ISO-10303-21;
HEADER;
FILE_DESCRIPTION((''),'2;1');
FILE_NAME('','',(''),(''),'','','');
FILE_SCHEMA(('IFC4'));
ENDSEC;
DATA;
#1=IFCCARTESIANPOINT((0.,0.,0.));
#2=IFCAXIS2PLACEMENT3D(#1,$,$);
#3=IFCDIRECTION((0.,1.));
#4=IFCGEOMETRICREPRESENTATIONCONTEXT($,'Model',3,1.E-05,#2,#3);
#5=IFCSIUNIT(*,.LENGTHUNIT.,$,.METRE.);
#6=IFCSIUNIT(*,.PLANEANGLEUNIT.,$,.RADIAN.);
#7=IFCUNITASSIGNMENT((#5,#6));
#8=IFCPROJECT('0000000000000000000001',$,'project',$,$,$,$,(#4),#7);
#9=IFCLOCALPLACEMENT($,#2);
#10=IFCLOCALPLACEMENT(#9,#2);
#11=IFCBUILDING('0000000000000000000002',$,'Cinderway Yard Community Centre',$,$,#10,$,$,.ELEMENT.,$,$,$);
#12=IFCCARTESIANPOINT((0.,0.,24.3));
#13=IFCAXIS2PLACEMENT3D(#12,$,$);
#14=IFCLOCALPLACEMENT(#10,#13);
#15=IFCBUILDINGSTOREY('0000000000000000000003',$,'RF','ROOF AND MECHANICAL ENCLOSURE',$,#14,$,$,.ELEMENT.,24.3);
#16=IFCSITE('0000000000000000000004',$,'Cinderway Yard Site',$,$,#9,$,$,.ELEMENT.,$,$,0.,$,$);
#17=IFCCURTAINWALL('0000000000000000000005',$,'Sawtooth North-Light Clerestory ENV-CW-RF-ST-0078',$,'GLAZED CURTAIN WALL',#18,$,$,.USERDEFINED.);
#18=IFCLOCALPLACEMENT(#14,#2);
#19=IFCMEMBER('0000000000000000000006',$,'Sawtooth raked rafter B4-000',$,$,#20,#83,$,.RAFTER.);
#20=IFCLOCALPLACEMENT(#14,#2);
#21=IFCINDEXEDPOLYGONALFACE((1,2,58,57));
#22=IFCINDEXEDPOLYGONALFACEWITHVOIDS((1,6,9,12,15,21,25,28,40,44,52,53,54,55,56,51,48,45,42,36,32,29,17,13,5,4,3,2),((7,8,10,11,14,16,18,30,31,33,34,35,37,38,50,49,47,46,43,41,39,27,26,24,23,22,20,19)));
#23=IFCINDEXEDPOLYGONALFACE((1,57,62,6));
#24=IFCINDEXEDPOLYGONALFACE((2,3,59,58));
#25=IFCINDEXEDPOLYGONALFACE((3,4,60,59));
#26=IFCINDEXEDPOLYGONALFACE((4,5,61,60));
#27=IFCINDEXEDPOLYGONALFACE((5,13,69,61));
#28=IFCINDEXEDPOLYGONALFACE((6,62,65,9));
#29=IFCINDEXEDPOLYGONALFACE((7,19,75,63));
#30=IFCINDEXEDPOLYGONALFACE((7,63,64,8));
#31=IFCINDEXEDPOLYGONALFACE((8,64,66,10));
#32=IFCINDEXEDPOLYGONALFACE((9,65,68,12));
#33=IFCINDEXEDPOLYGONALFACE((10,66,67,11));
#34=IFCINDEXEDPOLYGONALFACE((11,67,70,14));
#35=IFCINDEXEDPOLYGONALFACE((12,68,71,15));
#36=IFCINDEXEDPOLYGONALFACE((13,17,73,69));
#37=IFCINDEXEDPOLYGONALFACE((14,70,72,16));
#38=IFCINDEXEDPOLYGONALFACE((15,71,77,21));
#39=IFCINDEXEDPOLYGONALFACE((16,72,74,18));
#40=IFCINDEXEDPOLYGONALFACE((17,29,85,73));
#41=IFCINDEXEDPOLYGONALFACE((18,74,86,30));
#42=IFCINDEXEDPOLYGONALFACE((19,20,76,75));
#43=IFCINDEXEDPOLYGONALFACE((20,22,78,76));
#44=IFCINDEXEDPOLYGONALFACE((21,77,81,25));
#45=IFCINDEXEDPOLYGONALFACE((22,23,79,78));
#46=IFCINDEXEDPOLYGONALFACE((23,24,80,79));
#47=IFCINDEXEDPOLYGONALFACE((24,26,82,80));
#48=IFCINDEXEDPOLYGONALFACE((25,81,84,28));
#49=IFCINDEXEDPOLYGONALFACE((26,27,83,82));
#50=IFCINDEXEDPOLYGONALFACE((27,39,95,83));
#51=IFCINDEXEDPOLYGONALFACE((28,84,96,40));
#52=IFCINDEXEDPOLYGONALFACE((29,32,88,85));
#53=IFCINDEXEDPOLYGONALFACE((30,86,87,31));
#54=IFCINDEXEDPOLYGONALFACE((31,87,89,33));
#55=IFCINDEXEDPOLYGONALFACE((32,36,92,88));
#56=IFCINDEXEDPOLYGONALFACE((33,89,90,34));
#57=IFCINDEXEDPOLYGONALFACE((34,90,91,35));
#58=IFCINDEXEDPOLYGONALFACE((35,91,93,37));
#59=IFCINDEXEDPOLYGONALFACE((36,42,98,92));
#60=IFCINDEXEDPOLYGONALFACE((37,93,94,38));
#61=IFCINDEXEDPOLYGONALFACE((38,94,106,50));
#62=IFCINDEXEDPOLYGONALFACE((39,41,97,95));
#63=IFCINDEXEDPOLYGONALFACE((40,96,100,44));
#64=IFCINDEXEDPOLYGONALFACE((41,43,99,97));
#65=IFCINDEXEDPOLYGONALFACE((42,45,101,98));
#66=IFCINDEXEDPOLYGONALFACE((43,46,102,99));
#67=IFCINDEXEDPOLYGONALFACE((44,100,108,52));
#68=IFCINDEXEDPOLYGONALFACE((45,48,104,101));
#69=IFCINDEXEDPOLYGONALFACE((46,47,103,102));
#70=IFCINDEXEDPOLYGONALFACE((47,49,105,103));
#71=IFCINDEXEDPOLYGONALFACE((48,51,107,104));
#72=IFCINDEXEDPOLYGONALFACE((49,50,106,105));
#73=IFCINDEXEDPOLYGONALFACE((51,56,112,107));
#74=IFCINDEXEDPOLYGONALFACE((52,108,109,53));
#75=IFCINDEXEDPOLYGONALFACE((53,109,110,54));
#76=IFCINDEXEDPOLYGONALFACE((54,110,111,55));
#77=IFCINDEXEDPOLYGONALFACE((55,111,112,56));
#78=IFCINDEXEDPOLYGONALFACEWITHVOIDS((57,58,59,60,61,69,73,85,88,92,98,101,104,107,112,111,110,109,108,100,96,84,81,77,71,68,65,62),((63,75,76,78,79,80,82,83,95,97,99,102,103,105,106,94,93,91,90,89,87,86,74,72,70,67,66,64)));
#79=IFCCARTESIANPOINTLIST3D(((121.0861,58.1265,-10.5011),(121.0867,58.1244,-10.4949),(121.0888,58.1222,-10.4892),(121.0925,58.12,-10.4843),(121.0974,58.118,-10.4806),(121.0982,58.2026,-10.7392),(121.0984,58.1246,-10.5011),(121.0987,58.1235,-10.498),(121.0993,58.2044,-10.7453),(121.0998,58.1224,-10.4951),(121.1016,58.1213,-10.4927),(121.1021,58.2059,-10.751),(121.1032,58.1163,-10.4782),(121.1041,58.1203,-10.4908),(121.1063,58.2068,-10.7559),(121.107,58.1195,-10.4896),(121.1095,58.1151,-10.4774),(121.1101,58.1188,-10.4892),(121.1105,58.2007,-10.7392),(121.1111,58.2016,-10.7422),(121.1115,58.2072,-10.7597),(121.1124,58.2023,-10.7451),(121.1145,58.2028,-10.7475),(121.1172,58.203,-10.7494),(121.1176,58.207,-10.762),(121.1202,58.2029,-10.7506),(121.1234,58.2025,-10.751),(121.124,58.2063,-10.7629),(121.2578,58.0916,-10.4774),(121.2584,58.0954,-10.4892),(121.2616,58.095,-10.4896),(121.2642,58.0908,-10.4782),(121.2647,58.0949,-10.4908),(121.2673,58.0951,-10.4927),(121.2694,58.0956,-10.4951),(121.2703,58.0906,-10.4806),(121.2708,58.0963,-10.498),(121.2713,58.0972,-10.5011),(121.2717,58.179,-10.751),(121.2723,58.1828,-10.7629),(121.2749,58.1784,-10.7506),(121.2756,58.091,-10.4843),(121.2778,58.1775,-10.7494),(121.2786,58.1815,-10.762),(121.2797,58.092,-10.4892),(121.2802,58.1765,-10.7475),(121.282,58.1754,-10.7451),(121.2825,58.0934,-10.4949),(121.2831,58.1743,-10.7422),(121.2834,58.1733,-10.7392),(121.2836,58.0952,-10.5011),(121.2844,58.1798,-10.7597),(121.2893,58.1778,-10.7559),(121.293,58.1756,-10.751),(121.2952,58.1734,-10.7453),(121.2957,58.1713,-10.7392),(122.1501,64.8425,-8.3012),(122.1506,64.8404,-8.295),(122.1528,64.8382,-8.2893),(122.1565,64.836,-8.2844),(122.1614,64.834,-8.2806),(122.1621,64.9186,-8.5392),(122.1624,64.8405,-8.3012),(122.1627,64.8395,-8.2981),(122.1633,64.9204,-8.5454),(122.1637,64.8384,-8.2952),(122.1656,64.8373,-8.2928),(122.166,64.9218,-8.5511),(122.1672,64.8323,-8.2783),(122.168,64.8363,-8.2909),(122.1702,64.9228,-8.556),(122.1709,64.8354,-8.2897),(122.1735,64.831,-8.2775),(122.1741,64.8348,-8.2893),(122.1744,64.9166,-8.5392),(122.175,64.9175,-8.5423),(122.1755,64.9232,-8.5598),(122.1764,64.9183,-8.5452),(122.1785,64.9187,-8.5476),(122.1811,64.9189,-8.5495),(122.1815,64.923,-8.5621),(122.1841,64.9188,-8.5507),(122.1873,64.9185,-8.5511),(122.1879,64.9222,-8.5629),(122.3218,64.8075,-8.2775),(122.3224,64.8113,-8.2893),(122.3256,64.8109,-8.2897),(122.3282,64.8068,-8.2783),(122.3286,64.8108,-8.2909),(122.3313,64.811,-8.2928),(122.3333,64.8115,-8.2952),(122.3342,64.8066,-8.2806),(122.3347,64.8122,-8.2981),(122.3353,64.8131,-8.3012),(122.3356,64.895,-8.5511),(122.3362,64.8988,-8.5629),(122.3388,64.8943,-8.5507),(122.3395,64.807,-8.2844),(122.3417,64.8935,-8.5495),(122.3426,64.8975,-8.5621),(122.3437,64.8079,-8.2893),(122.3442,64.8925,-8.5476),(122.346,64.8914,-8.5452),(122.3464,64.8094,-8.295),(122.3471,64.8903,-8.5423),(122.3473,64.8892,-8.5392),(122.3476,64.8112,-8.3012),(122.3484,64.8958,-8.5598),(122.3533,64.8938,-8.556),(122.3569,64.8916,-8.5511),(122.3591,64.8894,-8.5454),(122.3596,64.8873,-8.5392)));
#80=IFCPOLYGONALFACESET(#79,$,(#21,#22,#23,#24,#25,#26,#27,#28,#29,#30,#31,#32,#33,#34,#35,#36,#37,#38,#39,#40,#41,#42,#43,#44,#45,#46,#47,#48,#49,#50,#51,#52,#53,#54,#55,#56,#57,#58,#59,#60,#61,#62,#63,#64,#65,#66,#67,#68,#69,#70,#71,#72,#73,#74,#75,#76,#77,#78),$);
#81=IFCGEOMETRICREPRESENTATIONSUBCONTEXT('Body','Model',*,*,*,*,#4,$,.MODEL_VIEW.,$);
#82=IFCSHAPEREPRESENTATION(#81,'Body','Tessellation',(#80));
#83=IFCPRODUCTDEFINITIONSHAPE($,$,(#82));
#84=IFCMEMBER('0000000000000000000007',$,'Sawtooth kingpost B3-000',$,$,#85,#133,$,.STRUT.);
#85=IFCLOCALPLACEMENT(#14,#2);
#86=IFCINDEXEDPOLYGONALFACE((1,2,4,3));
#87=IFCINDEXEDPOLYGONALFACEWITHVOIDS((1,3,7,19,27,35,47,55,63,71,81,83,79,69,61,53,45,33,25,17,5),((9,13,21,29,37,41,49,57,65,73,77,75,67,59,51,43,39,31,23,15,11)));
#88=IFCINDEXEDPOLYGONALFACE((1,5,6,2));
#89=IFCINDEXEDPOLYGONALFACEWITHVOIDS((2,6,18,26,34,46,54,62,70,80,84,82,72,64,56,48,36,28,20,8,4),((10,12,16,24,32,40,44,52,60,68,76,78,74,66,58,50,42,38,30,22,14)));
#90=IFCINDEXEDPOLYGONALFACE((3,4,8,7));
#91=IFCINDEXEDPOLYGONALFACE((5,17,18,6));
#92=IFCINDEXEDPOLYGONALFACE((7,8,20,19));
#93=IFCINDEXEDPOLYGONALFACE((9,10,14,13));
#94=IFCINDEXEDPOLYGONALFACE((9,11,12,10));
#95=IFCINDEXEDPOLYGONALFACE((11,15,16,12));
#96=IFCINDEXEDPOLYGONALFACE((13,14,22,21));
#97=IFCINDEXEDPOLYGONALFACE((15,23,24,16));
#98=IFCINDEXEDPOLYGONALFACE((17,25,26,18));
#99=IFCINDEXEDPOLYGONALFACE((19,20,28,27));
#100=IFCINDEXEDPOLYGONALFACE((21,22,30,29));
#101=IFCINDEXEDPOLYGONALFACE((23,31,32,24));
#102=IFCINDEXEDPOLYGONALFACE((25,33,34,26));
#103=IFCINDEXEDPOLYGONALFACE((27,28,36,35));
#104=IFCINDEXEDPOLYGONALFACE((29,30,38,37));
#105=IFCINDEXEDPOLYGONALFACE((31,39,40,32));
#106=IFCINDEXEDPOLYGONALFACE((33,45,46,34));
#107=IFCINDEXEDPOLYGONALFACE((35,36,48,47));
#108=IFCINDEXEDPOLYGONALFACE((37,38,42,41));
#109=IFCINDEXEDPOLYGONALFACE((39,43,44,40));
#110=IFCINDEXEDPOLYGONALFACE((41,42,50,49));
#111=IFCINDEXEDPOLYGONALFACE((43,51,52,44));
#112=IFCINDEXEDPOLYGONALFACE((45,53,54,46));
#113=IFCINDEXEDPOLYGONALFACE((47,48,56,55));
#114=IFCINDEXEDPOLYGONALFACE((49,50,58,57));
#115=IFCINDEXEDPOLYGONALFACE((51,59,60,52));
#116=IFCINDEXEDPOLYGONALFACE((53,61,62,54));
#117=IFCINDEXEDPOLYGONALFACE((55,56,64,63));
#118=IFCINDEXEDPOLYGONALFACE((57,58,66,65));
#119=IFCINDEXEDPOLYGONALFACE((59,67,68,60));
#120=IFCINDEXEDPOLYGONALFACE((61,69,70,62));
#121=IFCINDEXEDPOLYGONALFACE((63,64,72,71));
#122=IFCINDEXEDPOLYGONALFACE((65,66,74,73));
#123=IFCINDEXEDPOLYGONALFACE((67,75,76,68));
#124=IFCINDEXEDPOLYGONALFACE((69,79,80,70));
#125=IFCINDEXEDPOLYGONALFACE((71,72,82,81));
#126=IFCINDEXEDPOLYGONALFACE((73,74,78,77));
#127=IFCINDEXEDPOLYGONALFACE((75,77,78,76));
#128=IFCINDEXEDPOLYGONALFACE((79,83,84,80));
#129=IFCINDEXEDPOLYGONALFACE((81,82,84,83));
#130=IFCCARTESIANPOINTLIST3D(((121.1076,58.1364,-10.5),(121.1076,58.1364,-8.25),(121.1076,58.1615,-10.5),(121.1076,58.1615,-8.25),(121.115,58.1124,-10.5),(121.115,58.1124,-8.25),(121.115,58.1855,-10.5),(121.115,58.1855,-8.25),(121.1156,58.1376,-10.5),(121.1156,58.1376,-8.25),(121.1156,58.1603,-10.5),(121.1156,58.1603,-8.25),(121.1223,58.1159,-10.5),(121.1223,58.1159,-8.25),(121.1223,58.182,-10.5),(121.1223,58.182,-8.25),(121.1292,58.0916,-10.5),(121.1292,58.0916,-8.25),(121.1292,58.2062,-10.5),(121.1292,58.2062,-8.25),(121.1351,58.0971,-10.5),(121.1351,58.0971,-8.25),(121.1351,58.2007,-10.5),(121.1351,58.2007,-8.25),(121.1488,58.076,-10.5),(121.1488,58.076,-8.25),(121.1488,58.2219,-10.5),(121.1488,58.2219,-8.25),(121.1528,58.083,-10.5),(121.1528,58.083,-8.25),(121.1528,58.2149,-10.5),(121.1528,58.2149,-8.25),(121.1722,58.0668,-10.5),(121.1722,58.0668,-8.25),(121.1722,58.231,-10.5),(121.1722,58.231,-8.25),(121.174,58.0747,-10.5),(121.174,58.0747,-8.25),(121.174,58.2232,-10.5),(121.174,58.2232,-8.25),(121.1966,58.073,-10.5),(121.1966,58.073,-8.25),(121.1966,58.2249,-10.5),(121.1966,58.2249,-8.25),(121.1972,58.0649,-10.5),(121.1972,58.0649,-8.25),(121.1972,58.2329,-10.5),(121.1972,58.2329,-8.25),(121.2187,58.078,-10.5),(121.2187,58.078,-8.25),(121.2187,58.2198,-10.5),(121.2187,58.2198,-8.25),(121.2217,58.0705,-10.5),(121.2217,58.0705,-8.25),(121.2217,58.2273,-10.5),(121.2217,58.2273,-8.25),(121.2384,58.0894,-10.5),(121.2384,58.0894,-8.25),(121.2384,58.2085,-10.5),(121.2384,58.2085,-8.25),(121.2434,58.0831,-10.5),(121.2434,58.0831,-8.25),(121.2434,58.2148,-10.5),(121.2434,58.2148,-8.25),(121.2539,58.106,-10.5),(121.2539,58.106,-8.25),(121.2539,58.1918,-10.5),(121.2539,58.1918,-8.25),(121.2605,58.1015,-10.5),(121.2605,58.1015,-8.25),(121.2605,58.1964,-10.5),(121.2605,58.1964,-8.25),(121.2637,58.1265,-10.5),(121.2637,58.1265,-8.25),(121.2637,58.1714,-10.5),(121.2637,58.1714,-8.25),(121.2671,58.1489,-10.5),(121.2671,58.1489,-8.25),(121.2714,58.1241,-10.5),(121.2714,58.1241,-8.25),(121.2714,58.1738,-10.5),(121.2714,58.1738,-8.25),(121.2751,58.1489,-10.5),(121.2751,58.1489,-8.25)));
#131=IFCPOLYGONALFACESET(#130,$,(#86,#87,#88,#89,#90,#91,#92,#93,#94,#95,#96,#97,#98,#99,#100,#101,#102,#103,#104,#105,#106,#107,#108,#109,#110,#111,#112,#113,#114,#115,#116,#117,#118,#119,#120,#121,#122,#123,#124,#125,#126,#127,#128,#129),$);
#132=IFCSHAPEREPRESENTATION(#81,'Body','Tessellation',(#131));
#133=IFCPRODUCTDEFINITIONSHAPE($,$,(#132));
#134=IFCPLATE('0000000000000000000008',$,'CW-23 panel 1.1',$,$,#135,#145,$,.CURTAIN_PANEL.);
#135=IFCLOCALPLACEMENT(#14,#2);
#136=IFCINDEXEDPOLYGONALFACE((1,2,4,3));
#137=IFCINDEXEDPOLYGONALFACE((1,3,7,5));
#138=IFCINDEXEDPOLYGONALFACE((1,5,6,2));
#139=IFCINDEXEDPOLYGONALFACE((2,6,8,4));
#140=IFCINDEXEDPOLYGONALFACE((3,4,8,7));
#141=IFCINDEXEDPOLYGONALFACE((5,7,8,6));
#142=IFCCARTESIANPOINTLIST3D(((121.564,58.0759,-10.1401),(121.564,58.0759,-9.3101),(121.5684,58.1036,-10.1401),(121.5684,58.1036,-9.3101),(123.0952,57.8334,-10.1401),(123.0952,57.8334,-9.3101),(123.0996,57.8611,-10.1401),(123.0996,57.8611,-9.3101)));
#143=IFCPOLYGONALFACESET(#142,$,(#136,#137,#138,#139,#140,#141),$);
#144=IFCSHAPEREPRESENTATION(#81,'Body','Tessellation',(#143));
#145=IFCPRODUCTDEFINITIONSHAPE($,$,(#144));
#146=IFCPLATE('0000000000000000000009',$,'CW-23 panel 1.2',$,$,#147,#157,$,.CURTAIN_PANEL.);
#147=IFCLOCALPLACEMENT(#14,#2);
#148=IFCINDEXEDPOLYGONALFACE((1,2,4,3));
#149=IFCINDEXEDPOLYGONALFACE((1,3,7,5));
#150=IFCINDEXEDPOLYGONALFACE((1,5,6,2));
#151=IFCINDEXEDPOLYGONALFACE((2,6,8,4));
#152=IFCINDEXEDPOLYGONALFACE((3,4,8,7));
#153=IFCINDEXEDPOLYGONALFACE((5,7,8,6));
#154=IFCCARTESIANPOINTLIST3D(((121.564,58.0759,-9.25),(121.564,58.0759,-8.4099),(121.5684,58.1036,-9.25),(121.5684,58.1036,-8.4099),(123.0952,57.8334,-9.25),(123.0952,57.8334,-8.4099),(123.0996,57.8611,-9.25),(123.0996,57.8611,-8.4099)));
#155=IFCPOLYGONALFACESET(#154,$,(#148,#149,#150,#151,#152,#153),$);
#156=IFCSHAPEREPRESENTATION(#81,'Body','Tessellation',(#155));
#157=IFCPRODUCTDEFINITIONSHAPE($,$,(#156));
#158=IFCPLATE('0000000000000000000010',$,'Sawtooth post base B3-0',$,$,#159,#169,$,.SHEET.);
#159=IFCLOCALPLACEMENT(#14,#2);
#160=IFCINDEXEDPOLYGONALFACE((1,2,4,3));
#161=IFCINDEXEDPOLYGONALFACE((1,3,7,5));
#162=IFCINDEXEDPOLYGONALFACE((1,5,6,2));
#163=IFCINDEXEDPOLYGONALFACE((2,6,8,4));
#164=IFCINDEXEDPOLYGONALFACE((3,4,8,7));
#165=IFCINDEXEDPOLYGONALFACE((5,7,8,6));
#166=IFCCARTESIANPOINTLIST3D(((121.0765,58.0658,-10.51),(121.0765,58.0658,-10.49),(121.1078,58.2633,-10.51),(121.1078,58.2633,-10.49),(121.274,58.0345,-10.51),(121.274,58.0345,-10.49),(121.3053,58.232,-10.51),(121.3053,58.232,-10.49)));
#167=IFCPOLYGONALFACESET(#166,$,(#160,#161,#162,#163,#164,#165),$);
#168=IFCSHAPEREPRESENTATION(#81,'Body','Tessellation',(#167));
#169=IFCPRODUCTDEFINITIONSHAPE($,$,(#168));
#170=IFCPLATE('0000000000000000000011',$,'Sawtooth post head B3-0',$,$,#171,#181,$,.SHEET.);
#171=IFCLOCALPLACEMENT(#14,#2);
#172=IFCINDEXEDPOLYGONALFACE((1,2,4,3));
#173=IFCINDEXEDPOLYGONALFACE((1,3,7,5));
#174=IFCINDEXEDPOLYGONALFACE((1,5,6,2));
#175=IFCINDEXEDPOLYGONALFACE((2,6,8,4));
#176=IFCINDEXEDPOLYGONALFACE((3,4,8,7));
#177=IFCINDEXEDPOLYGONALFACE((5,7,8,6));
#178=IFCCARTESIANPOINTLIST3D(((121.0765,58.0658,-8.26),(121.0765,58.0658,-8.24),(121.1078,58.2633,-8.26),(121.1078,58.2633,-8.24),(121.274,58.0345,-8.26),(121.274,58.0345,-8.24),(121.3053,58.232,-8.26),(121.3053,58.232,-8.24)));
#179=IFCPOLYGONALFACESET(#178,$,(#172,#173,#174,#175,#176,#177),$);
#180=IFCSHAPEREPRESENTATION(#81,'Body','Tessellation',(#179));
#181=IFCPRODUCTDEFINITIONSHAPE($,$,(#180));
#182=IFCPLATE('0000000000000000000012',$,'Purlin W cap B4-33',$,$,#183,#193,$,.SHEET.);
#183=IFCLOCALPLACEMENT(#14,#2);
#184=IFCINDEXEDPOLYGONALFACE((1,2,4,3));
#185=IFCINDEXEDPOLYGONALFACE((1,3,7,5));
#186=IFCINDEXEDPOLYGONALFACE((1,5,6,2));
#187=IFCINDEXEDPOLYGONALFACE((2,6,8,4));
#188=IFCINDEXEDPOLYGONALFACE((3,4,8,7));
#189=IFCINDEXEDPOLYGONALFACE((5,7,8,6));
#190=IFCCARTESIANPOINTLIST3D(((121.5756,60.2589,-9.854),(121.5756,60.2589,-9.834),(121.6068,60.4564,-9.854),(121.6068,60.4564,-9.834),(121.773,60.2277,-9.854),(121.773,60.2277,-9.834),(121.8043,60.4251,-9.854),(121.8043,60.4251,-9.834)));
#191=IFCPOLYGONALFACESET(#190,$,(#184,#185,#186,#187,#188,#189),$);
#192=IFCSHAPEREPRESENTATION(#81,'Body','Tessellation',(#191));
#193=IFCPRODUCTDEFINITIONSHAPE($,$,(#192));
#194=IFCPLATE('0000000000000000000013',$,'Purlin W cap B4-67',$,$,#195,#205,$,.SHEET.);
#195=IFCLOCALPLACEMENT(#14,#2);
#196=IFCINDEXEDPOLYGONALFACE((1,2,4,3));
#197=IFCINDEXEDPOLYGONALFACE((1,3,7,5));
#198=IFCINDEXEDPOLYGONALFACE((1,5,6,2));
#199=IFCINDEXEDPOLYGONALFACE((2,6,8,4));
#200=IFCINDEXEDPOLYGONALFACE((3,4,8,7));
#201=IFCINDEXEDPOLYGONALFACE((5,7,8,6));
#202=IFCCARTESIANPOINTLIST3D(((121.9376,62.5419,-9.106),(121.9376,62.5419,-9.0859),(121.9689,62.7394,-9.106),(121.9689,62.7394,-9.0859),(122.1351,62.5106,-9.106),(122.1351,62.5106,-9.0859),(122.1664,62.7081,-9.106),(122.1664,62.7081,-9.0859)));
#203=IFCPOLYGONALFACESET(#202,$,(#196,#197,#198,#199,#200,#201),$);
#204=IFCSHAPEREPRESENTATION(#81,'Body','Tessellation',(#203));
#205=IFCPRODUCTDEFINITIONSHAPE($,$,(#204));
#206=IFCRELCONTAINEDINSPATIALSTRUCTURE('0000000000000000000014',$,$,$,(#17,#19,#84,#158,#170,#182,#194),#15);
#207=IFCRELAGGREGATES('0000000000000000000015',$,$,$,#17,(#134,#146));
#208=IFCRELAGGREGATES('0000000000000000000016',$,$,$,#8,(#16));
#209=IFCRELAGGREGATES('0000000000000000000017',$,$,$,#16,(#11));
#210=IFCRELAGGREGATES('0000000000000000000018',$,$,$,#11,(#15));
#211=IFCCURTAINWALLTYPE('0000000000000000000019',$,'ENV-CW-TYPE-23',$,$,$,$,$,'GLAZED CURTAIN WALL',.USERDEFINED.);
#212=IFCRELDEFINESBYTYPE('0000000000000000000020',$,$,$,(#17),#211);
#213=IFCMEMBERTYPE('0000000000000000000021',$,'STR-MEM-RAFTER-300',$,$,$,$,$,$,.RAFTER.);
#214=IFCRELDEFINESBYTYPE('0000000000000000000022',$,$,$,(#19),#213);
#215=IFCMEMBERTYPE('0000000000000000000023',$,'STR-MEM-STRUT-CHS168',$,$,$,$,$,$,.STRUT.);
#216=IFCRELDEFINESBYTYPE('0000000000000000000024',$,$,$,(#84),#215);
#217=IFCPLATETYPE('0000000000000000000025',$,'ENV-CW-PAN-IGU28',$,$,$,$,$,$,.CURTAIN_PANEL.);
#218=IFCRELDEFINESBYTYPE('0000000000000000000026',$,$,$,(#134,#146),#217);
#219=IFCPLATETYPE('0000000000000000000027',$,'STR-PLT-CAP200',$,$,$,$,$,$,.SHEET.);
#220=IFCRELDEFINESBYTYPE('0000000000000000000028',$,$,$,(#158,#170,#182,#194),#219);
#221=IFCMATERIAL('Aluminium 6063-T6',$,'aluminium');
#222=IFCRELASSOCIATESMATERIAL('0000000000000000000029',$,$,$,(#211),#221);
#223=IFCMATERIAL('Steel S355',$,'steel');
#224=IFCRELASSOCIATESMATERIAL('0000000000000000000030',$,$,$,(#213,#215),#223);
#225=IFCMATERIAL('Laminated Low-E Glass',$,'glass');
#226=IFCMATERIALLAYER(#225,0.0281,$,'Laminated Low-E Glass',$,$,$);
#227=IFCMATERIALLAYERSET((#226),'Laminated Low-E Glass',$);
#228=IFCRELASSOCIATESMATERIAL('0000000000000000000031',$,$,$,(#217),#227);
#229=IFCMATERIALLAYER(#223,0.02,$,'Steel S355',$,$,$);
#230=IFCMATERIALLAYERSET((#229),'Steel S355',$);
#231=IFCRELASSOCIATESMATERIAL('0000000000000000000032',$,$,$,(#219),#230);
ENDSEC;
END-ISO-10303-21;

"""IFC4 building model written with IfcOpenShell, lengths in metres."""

from ifc_helpers import new_model, si_unit, direction, frame, origin, origin_2d, place, context, subcontext, project, spatial, rectangle, hollow_rectangle, hollow_circle, extrude, material, layer, layer_set, material_profile, profile_set, type_object, element, aggregate, save


model = new_model("IFC4")

# Units and contexts
model_context = context("Model", 3, precision=1e-05, world=origin(), true_north=direction((0.0, 1.0)))
body_context = subcontext(model_context, "Body", "Model", "MODEL_VIEW")
ifc_project = project(units=[si_unit("LENGTHUNIT", "METRE"), si_unit("PLANEANGLEUNIT", "RADIAN")], contexts=[model_context])

# Site, building, storey
site_placement = place(None, origin())
site = spatial("IfcSite", under=ifc_project, at=site_placement, Name="Cinderway Yard Site", CompositionType="ELEMENT", RefElevation=0.0)
building_placement = place(site_placement, origin())
building = spatial("IfcBuilding", under=site, at=building_placement, Name="Cinderway Yard Community Centre", CompositionType="ELEMENT")
storey_placement = place(building_placement, frame((0.0, 0.0, 24.3)))
storey = spatial("IfcBuildingStorey", under=building, at=storey_placement, Name="RF", Description="ROOF AND MECHANICAL ENCLOSURE", CompositionType="ELEMENT", Elevation=24.3)

# Shared definitions
ifc_material_1 = material(Name="Steel S355", Category="steel")

# Curtain wall
ifc_material_2 = material(Name="Aluminium 6063-T6", Category="aluminium")
curtain_wall_type = type_object("IfcCurtainWallType", Name="ENV-CW-TYPE-23", ElementType="GLAZED CURTAIN WALL", PredefinedType="USERDEFINED", material=ifc_material_2)
curtain_wall_1_placement = place(storey_placement, origin())
curtain_wall_1 = element("IfcCurtainWall", 1, at=curtain_wall_1_placement, inside=storey, type_object=curtain_wall_type, Name="Sawtooth North-Light Clerestory ENV-CW-RF-ST-0078", ObjectType="GLAZED CURTAIN WALL", PredefinedType="USERDEFINED")

# Members
ifc_material_profile_1 = material_profile(ifc_material_1, hollow_rectangle(XDim=0.2, YDim=0.3, WallThickness=0.0125, InnerFilletRadius=0.0125, OuterFilletRadius=0.0249, at=origin_2d()), Name="Steel S355")
ifc_profile_set_1 = profile_set([ifc_material_profile_1], Name="Steel S355")
member_type_1 = type_object("IfcMemberType", Name="STR-MEM-RAFTER-300", PredefinedType="RAFTER", material=ifc_profile_set_1)
member_1_placement = place(storey_placement, frame((121.1909, 58.1489, -10.6201), z_axis=(0.148872, 0.939725, 0.307822), x_axis=(-0.987683, 0.15647, 0.0)))
element("IfcMember", 2, at=member_1_placement, inside=storey, type_object=member_type_1, Name="Sawtooth raked rafter B4-000", PredefinedType="RAFTER", context=body_context, shape_type="SweptSolid", body=[
    extrude(hollow_rectangle(XDim=0.2, YDim=0.3, WallThickness=0.0125, InnerFilletRadius=0.0125, OuterFilletRadius=0.0249, at=origin_2d()), origin(), (0.0, 0.0, 1.0), 7.1467),
])
ifc_material_profile_2 = material_profile(ifc_material_1, hollow_circle(Radius=0.0842, WallThickness=0.0081, at=origin_2d()), Name="Steel S355")
ifc_profile_set_2 = profile_set([ifc_material_profile_2], Name="Steel S355")
member_type_2 = type_object("IfcMemberType", Name="STR-MEM-STRUT-CHS168", PredefinedType="STRUT", material=ifc_profile_set_2)
member_2_placement = place(storey_placement, frame((121.1909, 58.1489, -10.5), z_axis=(0.0, 0.0, 1.0), x_axis=(1.0, 0.0, 0.0)))
element("IfcMember", 3, at=member_2_placement, inside=storey, type_object=member_type_2, Name="Sawtooth kingpost B3-000", PredefinedType="STRUT", context=body_context, shape_type="SweptSolid", body=[
    extrude(hollow_circle(Radius=0.0842, WallThickness=0.0081, at=origin_2d()), origin(), (0.0, 0.0, 1.0), 2.25),
])

# Plates
ifc_material_3 = material(Name="Laminated Low-E Glass", Category="glass")
ifc_layer_1 = layer(ifc_material_3, 0.0281, Name="Laminated Low-E Glass")
ifc_layer_set_1 = layer_set([ifc_layer_1], Name="Laminated Low-E Glass")
plate_type_1 = type_object("IfcPlateType", Name="ENV-CW-PAN-IGU28", PredefinedType="CURTAIN_PANEL", material=ifc_layer_set_1)
plate_1_placement = place(storey_placement, frame((122.3318, 57.9685, -10.1401), z_axis=(0.0, 0.0, 1.0), x_axis=(0.987696, -0.156385, 0.0)))
plate_1 = element("IfcPlate", 4, at=plate_1_placement, type_object=plate_type_1, Name="CW-23 panel 1.1", PredefinedType="CURTAIN_PANEL", context=body_context, shape_type="SweptSolid", body=[
    extrude(rectangle(XDim=1.5503, YDim=0.0281, at=origin_2d()), origin(), (0.0, 0.0, 1.0), 0.8301),
])
plate_2_placement = place(storey_placement, frame((122.3318, 57.9685, -9.25), z_axis=(0.0, 0.0, 1.0), x_axis=(0.987696, -0.156385, 0.0)))
plate_2 = element("IfcPlate", 5, at=plate_2_placement, type_object=plate_type_1, Name="CW-23 panel 1.2", PredefinedType="CURTAIN_PANEL", context=body_context, shape_type="SweptSolid", body=[
    extrude(rectangle(XDim=1.5503, YDim=0.0281, at=origin_2d()), origin(), (0.0, 0.0, 1.0), 0.8401),
])
aggregate(curtain_wall_1, [plate_1, plate_2])

# Plates
ifc_layer_2 = layer(ifc_material_1, 0.02, Name="Steel S355")
ifc_layer_set_2 = layer_set([ifc_layer_2], Name="Steel S355")
plate_type_2 = type_object("IfcPlateType", Name="STR-PLT-CAP200", PredefinedType="SHEET", material=ifc_layer_set_2)
for number, where, z_axis, x_axis, name in (
    (6, (121.1909, 58.1489, -10.51), (0.0, 0.0, 1.0), (0.987688, -0.156434, 0.0), "Sawtooth post base B3-0"),
    (7, (121.1909, 58.1489, -8.26), (0.0, 0.0, 1.0), (0.987688, -0.156434, 0.0), "Sawtooth post head B3-0"),
    (8, (121.6899, 60.342, -9.854), (0.0, 0.0, 1.0), (0.987688, -0.156434, 0.0), "Purlin W cap B4-33"),
    (9, (122.052, 62.625, -9.106), (0.0, 0.0, 1.0), (0.987688, -0.156434, 0.0), "Purlin W cap B4-67"),
):
    element("IfcPlate", number, at=place(storey_placement, frame(where, z_axis=z_axis, x_axis=x_axis)), inside=storey, type_object=plate_type_2, Name=name, PredefinedType="SHEET", context=body_context, shape_type="SweptSolid", body=[
        extrude(rectangle(XDim=0.2, YDim=0.2, at=origin_2d()), origin(), (0.0, 0.0, 1.0), 0.02),
    ])

save(model, "model.ifc")
